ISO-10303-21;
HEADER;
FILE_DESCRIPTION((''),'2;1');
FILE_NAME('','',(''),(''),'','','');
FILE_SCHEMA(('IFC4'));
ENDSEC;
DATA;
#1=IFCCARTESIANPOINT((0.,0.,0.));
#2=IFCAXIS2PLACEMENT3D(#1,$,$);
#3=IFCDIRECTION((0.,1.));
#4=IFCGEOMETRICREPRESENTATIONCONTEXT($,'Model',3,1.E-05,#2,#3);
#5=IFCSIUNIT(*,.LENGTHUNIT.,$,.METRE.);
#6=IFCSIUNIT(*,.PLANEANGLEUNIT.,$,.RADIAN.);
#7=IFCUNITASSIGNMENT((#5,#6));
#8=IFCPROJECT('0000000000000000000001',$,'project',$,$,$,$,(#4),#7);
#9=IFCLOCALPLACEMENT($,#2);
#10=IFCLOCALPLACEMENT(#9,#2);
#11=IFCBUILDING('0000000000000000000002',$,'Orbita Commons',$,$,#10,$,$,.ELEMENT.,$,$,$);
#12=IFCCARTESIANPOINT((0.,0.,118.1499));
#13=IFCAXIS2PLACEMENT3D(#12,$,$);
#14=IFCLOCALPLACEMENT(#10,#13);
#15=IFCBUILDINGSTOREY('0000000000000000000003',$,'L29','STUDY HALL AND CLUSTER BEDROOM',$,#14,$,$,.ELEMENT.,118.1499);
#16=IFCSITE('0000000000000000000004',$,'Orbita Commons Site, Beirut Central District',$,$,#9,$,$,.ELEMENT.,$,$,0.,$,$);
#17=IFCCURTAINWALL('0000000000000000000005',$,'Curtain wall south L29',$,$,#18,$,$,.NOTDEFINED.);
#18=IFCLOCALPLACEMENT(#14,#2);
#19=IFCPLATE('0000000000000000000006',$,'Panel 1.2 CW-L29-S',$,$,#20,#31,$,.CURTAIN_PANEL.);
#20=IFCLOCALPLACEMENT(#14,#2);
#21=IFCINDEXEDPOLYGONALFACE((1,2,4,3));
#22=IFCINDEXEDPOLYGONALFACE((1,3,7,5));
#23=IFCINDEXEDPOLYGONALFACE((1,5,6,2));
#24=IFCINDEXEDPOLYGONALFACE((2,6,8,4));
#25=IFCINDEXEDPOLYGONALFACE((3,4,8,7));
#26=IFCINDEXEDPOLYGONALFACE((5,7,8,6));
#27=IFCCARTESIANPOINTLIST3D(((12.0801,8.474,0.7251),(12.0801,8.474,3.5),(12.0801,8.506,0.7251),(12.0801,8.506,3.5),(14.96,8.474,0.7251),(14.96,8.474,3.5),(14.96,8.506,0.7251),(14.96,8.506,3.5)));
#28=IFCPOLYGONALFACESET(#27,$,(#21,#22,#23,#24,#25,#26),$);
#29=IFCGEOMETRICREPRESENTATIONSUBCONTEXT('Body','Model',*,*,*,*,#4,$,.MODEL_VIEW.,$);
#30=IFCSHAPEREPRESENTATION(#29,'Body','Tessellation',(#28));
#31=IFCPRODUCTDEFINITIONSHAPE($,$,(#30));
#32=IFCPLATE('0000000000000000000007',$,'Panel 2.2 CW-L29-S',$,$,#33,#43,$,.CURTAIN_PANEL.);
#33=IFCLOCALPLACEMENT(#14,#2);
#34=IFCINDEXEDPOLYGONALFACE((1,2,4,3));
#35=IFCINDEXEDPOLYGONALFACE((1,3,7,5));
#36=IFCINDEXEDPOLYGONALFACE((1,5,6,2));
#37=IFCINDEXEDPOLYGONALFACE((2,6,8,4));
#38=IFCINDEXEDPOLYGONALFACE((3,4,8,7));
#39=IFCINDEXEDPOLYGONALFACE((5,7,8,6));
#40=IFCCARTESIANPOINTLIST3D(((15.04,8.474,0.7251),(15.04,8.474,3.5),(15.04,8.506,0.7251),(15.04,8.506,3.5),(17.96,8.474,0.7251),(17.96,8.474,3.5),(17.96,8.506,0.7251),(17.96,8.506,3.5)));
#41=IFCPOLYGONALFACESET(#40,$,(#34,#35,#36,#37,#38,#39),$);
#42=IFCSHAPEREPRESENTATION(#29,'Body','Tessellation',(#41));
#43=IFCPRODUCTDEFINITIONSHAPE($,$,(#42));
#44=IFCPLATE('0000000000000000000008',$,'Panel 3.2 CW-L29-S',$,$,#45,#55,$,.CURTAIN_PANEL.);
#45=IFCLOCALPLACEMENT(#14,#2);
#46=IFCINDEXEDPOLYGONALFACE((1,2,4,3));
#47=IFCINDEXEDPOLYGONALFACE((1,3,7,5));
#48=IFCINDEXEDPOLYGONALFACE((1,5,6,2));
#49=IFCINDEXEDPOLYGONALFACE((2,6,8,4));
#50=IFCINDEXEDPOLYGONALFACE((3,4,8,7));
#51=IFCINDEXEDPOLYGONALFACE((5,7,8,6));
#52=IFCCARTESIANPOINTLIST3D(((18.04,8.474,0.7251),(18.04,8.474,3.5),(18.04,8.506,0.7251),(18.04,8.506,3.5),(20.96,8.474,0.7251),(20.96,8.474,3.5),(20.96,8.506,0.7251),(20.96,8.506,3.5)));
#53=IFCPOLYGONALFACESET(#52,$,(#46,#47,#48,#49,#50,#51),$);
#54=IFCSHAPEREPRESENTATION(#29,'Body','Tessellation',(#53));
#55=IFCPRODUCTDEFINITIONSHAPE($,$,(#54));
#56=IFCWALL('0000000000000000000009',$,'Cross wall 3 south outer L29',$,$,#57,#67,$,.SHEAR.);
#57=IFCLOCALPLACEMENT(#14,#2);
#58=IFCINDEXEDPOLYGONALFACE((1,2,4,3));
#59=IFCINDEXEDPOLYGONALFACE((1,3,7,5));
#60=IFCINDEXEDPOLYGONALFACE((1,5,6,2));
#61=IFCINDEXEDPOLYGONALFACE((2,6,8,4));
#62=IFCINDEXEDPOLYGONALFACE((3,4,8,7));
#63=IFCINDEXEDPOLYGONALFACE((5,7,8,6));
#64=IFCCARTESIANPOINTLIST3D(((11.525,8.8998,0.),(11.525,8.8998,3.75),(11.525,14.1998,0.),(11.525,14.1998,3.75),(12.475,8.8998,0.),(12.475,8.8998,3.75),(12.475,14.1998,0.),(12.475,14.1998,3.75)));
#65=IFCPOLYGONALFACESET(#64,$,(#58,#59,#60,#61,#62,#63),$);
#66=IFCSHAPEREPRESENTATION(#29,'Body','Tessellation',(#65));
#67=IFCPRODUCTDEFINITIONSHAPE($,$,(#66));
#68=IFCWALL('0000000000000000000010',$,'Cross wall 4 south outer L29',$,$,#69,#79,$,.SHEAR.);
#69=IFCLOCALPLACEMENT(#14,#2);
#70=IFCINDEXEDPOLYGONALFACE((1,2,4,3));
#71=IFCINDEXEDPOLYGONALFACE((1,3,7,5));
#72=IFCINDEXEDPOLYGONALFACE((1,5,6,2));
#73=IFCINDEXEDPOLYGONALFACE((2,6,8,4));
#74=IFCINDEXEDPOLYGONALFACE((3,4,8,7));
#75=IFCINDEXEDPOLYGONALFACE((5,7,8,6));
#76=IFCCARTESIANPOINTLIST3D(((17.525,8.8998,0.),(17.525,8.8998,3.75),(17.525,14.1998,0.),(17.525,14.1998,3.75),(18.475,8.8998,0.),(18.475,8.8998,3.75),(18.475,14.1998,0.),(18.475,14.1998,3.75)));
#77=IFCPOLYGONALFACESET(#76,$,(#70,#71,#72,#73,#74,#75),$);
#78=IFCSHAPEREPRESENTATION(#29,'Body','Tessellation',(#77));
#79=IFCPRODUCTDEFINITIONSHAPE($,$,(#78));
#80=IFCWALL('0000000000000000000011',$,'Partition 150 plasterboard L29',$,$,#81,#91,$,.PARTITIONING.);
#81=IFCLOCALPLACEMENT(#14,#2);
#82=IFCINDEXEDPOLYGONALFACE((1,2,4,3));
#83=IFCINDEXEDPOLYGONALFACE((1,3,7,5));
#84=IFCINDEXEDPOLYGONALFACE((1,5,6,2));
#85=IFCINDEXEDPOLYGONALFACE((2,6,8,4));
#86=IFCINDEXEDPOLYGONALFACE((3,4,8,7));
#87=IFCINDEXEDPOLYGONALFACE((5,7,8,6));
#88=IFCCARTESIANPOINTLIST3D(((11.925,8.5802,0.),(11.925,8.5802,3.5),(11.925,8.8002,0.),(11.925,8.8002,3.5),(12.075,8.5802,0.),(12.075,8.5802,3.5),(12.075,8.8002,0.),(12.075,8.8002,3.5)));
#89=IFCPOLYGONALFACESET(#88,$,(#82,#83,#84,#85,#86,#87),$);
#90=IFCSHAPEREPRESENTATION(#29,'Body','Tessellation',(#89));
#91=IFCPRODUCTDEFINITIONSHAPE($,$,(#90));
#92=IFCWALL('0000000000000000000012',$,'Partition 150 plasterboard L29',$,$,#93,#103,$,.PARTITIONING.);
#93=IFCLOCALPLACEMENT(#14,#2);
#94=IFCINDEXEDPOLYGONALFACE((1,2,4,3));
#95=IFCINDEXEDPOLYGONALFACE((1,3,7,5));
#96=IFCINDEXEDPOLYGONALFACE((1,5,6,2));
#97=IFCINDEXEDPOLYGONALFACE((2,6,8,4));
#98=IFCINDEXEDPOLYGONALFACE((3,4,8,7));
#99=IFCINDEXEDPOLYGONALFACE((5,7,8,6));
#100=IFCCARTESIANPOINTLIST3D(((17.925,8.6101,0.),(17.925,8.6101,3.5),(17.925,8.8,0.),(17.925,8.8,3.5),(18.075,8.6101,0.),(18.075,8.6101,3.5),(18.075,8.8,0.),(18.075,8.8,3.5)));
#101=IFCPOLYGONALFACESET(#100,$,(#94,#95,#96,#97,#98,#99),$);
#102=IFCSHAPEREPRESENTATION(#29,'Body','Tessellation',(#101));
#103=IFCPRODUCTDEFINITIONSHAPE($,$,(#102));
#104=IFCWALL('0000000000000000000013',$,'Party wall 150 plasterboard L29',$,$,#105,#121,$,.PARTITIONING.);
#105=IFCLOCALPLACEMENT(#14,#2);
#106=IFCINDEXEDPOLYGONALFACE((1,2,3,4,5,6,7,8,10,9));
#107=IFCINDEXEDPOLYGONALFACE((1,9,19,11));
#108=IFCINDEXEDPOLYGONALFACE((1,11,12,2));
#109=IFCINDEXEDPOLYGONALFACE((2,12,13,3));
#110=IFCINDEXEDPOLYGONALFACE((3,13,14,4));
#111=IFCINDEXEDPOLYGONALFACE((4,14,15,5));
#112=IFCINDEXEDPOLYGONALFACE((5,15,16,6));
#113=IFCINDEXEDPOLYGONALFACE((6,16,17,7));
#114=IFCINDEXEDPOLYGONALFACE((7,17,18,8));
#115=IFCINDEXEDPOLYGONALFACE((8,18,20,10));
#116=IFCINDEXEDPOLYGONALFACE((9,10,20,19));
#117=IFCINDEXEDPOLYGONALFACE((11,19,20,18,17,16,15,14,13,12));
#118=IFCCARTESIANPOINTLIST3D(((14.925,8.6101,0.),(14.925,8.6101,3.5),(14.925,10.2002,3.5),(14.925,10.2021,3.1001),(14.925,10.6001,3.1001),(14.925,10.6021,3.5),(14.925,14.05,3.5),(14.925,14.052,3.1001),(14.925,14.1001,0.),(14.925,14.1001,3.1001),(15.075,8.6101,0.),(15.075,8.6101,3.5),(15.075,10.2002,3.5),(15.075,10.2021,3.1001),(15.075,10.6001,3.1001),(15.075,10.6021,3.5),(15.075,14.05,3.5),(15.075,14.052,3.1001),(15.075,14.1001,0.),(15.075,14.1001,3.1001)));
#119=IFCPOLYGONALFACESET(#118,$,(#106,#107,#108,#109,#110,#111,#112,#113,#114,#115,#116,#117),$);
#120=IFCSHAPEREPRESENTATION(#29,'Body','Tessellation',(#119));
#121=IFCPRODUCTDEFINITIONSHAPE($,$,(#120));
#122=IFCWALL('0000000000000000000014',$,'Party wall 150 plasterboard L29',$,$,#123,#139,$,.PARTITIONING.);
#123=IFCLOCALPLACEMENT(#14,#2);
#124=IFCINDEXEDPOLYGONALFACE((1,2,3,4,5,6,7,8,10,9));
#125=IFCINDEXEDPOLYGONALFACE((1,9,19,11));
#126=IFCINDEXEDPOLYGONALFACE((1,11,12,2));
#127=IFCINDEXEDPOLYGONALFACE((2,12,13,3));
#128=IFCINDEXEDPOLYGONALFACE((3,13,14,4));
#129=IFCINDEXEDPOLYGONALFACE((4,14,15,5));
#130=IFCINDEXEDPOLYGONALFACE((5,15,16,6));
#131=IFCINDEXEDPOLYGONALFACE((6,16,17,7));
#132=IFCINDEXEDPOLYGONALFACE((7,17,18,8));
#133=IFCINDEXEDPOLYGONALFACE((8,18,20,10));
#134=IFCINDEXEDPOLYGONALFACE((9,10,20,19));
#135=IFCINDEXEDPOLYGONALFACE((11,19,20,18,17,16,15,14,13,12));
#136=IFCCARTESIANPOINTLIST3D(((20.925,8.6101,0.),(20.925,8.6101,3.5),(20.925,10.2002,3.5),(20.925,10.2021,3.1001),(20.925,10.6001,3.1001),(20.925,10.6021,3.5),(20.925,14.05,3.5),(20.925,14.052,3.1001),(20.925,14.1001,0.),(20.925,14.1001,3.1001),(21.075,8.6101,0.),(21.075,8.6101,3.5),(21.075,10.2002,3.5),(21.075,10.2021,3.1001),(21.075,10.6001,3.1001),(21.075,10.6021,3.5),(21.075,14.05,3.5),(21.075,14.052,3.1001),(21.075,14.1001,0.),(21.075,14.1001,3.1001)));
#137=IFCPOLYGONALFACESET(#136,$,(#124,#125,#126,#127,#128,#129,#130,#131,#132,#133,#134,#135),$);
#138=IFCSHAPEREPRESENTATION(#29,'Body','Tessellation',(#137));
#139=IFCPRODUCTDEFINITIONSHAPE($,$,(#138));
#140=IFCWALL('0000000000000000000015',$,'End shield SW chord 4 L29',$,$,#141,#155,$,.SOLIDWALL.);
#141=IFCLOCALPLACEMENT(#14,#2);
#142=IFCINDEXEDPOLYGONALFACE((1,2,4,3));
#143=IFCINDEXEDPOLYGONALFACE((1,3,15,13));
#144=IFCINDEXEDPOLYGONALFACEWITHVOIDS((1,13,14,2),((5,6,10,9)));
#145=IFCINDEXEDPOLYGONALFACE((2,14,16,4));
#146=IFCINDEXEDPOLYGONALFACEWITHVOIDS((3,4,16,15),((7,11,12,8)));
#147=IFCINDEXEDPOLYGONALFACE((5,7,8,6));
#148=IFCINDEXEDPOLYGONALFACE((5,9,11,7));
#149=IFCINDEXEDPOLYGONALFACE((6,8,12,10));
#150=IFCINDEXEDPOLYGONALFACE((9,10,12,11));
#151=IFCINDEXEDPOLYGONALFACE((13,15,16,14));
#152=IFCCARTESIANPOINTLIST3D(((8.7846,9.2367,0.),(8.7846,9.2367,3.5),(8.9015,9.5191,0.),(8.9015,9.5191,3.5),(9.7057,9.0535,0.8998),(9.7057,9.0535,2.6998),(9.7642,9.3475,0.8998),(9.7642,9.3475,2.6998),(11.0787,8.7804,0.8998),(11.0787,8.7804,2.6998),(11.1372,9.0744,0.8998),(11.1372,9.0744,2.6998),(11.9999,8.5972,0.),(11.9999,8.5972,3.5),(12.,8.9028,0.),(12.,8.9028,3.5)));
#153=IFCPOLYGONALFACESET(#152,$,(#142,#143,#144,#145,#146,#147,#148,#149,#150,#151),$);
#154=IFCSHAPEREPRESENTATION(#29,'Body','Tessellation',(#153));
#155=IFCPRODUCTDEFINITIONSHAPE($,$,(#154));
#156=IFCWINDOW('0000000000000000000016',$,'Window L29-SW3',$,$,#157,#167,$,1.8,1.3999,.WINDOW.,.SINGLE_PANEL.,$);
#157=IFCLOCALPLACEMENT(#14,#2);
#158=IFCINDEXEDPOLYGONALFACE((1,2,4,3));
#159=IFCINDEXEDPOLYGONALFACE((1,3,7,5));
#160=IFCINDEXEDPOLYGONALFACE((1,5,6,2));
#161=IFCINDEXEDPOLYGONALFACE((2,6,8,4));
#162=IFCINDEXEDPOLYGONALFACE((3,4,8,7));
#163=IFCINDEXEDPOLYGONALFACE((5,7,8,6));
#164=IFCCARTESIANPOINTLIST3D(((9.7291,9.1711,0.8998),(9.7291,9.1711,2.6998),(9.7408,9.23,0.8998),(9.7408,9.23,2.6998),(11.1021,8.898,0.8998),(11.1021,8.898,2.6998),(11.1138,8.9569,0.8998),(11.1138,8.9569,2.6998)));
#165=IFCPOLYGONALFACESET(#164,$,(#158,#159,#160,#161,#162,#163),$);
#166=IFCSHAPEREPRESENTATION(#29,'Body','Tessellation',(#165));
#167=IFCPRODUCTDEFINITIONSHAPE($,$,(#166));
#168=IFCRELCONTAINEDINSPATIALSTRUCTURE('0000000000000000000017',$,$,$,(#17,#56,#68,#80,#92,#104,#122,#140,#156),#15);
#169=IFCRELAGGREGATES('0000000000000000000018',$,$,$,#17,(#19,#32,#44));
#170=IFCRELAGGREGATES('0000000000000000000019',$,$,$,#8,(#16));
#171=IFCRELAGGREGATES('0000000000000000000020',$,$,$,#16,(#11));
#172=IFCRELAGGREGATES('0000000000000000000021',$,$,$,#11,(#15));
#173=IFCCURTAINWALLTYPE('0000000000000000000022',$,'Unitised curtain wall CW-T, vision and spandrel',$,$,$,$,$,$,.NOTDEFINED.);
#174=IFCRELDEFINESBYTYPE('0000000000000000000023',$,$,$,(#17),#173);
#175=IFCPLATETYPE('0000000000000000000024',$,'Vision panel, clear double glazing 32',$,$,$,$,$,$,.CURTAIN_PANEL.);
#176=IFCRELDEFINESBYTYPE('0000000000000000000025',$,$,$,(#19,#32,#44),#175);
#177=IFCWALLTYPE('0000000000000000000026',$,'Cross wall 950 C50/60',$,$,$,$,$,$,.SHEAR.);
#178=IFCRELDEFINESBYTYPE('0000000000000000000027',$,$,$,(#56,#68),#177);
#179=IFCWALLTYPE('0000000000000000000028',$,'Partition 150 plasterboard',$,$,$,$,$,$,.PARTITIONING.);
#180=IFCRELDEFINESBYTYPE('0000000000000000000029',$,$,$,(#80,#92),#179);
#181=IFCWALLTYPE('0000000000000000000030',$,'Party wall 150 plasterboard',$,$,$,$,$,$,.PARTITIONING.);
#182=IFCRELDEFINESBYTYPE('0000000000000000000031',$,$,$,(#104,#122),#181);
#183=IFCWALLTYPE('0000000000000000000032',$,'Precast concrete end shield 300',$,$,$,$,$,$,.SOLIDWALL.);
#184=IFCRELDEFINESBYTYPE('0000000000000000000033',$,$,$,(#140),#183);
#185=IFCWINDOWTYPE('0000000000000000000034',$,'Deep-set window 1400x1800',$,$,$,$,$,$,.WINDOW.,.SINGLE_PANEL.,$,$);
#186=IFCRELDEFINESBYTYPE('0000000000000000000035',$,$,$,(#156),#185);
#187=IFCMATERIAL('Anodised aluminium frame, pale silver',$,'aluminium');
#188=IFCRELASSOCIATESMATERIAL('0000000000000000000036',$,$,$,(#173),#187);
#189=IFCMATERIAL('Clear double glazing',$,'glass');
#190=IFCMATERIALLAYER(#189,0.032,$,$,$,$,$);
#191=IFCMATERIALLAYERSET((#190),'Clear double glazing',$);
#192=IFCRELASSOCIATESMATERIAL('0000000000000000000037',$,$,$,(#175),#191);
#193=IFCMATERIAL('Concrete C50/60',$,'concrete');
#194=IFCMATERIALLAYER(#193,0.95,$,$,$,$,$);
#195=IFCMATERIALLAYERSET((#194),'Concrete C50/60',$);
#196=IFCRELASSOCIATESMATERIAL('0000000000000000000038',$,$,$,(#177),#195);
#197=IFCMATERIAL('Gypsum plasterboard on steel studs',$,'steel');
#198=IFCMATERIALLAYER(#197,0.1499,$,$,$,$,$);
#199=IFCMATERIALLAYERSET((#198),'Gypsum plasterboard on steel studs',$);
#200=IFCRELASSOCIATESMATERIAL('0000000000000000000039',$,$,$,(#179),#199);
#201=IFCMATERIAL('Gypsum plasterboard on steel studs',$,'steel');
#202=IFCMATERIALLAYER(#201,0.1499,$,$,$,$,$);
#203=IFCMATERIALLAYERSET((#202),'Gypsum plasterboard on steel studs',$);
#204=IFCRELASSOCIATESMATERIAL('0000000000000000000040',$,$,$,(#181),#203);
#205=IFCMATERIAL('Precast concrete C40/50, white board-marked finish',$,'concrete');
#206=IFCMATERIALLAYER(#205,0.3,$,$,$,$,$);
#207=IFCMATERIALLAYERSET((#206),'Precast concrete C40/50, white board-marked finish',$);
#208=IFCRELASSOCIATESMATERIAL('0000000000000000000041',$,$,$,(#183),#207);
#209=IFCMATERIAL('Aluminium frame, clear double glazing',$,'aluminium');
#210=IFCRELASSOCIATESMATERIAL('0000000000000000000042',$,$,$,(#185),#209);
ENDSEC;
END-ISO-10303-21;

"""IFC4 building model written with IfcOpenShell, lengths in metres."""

from ifc_helpers import new_model, si_unit, direction, frame, frame_2d, origin, origin_2d, place, context, subcontext, project, spatial, polyline, rectangle, outline, extrude, material, layer, layer_set, type_object, element, fill, aggregate, save


model = new_model("IFC4")

# Units and contexts
model_context = context("Model", 3, precision=1e-05, world=origin(), true_north=direction((0.0, 1.0)))
body_context = subcontext(model_context, "Body", "Model", "MODEL_VIEW")
ifc_project = project(units=[si_unit("LENGTHUNIT", "METRE"), si_unit("PLANEANGLEUNIT", "RADIAN")], contexts=[model_context])

# Site, building, storey
site_placement = place(None, origin())
site = spatial("IfcSite", under=ifc_project, at=site_placement, Name="Orbita Commons Site, Beirut Central District", CompositionType="ELEMENT", RefElevation=0.0)
building_placement = place(site_placement, origin())
building = spatial("IfcBuilding", under=site, at=building_placement, Name="Orbita Commons", CompositionType="ELEMENT")
storey_placement = place(building_placement, frame((0.0, 0.0, 118.1499)))
storey = spatial("IfcBuildingStorey", under=building, at=storey_placement, Name="L29", Description="STUDY HALL AND CLUSTER BEDROOM", CompositionType="ELEMENT", Elevation=118.1499)

# Curtain wall
ifc_material_1 = material(Name="Anodised aluminium frame, pale silver", Category="aluminium")
curtain_wall_type = type_object("IfcCurtainWallType", Name="Unitised curtain wall CW-T, vision and spandrel", PredefinedType="NOTDEFINED", material=ifc_material_1)
curtain_wall_placement = place(storey_placement, origin())
curtain_wall = element("IfcCurtainWall", 1, at=curtain_wall_placement, inside=storey, type_object=curtain_wall_type, Name="Curtain wall south L29", PredefinedType="NOTDEFINED")

# Plates
ifc_material_2 = material(Name="Clear double glazing", Category="glass")
ifc_layer_1 = layer(ifc_material_2, 0.032)
ifc_layer_set_1 = layer_set([ifc_layer_1], Name="Clear double glazing")
plate_type_1 = type_object("IfcPlateType", Name="Vision panel, clear double glazing 32", PredefinedType="CURTAIN_PANEL", material=ifc_layer_set_1)
plate_1_placement = place(storey_placement, frame((13.52, 8.49, 0.7251), z_axis=(0.0, 0.0, 1.0), x_axis=(1.0, 0.0, 0.0)))
plate_1 = element("IfcPlate", 2, at=plate_1_placement, type_object=plate_type_1, Name="Panel 1.2 CW-L29-S", PredefinedType="CURTAIN_PANEL", context=body_context, shape_type="SweptSolid", body=[
    extrude(rectangle(XDim=2.8799, YDim=0.032, at=origin_2d()), origin(), (0.0, 0.0, 1.0), 2.7749),
])
plate_2_placement = place(storey_placement, frame((16.5, 8.49, 0.7251), z_axis=(0.0, 0.0, 1.0), x_axis=(1.0, 0.0, 0.0)))
plate_2 = element("IfcPlate", 3, at=plate_2_placement, type_object=plate_type_1, Name="Panel 2.2 CW-L29-S", PredefinedType="CURTAIN_PANEL", context=body_context, shape_type="SweptSolid", body=[
    extrude(rectangle(XDim=2.9199, YDim=0.032, at=origin_2d()), origin(), (0.0, 0.0, 1.0), 2.7749),
])
plate_3_placement = place(storey_placement, frame((19.5, 8.49, 0.7251), z_axis=(0.0, 0.0, 1.0), x_axis=(1.0, 0.0, 0.0)))
plate_3 = element("IfcPlate", 4, at=plate_3_placement, type_object=plate_type_1, Name="Panel 3.2 CW-L29-S", PredefinedType="CURTAIN_PANEL", context=body_context, shape_type="SweptSolid", body=[
    extrude(rectangle(XDim=2.9199, YDim=0.032, at=origin_2d()), origin(), (0.0, 0.0, 1.0), 2.7749),
])
aggregate(curtain_wall, [plate_1, plate_2, plate_3])

# Walls
ifc_material_3 = material(Name="Concrete C50/60", Category="concrete")
ifc_layer_2 = layer(ifc_material_3, 0.95)
ifc_layer_set_2 = layer_set([ifc_layer_2], Name="Concrete C50/60")
wall_type_1 = type_object("IfcWallType", Name="Cross wall 950 C50/60", PredefinedType="SHEAR", material=ifc_layer_set_2)
for number, where, z_axis, x_axis, name in (
    (5, (12.0, 8.8999, 0.0), (0.0, 0.0, 1.0), (0.0, 1.0, 0.0), "Cross wall 3 south outer L29"),
    (6, (18.0, 8.8999, 0.0), (0.0, 0.0, 1.0), (0.0, 1.0, 0.0), "Cross wall 4 south outer L29"),
):
    element("IfcWall", number, at=place(storey_placement, frame(where, z_axis=z_axis, x_axis=x_axis)), inside=storey, type_object=wall_type_1, Name=name, PredefinedType="SHEAR", context=body_context, shape_type="SweptSolid", body=[
        extrude(rectangle(XDim=5.3, YDim=0.95, at=frame_2d((2.6499, 0.0))), origin(), (0.0, 0.0, 1.0), 3.75),
    ])
ifc_material_4 = material(Name="Gypsum plasterboard on steel studs", Category="steel")
ifc_layer_3 = layer(ifc_material_4, 0.1499)
ifc_layer_set_3 = layer_set([ifc_layer_3], Name="Gypsum plasterboard on steel studs")
wall_type_2 = type_object("IfcWallType", Name="Partition 150 plasterboard", PredefinedType="PARTITIONING", material=ifc_layer_set_3)
wall_1_placement = place(storey_placement, frame((12.0, 8.8, 0.0), z_axis=(0.0, 0.0, 1.0), x_axis=(0.0, -1.0, 0.0)))
element("IfcWall", 7, at=wall_1_placement, inside=storey, type_object=wall_type_2, Name="Partition 150 plasterboard L29", PredefinedType="PARTITIONING", context=body_context, shape_type="SweptSolid", body=[
    extrude(rectangle(XDim=0.22, YDim=0.1499, at=frame_2d((0.1099, 0.0))), origin(), (0.0, 0.0, 1.0), 3.5),
])
wall_2_placement = place(storey_placement, frame((18.0, 8.8, 0.0), z_axis=(0.0, 0.0, 1.0), x_axis=(0.0, -1.0, 0.0)))
element("IfcWall", 8, at=wall_2_placement, inside=storey, type_object=wall_type_2, Name="Partition 150 plasterboard L29", PredefinedType="PARTITIONING", context=body_context, shape_type="SweptSolid", body=[
    extrude(rectangle(XDim=0.1899, YDim=0.1499, at=frame_2d((0.095, 0.0))), origin(), (0.0, 0.0, 1.0), 3.5),
])
ifc_material_5 = material(Name="Gypsum plasterboard on steel studs", Category="steel")
ifc_layer_4 = layer(ifc_material_5, 0.1499)
ifc_layer_set_4 = layer_set([ifc_layer_4], Name="Gypsum plasterboard on steel studs")
wall_type_3 = type_object("IfcWallType", Name="Party wall 150 plasterboard", PredefinedType="PARTITIONING", material=ifc_layer_set_4)
for number, where, z_axis, x_axis, name in (
    (9, (15.0, 8.6101, 0.0), (0.0, 0.0, 1.0), (0.0, 1.0, 0.0), "Party wall 150 plasterboard L29"),
    (10, (21.0, 8.6101, 0.0), (0.0, 0.0, 1.0), (0.0, 1.0, 0.0), "Party wall 150 plasterboard L29"),
):
    element("IfcWall", number, at=place(storey_placement, frame(where, z_axis=z_axis, x_axis=x_axis)), inside=storey, type_object=wall_type_3, Name=name, PredefinedType="PARTITIONING", context=body_context, shape_type="SweptSolid", body=[
        extrude(outline(polyline([(0.0, 0.0), (5.49, 0.0), (5.49, 3.1001), (5.4419, 3.1001), (5.4399, 3.5), (1.9919, 3.5), (1.99, 3.1001), (1.592, 3.1001), (1.5901, 3.5), (0.0, 3.5), (0.0, 0.0)])), frame((0.0, 0.075, 0.0), z_axis=(0.0, -1.0, 0.0), x_axis=(1.0, 0.0, 0.0)), (0.0, 0.0, 1.0), 0.1499),
    ])

# Wall, opening, window
ifc_material_6 = material(Name="Precast concrete C40/50, white board-marked finish", Category="concrete")
ifc_layer_5 = layer(ifc_material_6, 0.3)
ifc_layer_set_5 = layer_set([ifc_layer_5], Name="Precast concrete C40/50, white board-marked finish")
wall_type_4 = type_object("IfcWallType", Name="Precast concrete end shield 300", PredefinedType="SOLIDWALL", material=ifc_layer_set_5)
wall_3_placement = place(storey_placement, frame((8.843, 9.3779, 0.0), z_axis=(0.0, 0.0, 1.0), x_axis=(0.980787, -0.19508, 0.0)))
wall_3 = element("IfcWall", 11, at=wall_3_placement, inside=storey, type_object=wall_type_4, Name="End shield SW chord 4 L29", PredefinedType="SOLIDWALL", context=body_context, shape_type="SweptSolid", body=[
    extrude(outline(polyline([(-0.0298, -0.1499), (3.2485, -0.1499), (3.189, 0.1499), (0.0298, 0.1499), (-0.0298, -0.1499)])), origin(), (0.0, 0.0, 1.0), 3.5),
])
opening_placement = place(wall_3_placement, frame((0.9094, 0.0, 0.8999)))
opening = element("IfcOpeningElement", 12, at=opening_placement, cuts=wall_3, PredefinedType="OPENING", context=body_context, shape_type="SweptSolid", body=[
    extrude(rectangle(XDim=1.3999, YDim=1.8, at=frame_2d((0.7, 0.8999))), frame((0.0, 0.1599, 0.0), z_axis=(0.0, -1.0, 0.0), x_axis=(1.0, 0.0, 0.0)), (0.0, 0.0, 1.0), 0.3201),
])
ifc_material_7 = material(Name="Aluminium frame, clear double glazing", Category="aluminium")
window_type = type_object("IfcWindowType", Name="Deep-set window 1400x1800", PartitioningType="SINGLE_PANEL", PredefinedType="WINDOW", material=ifc_material_7)
window_placement = place(opening_placement, origin())
window = element("IfcWindow", 13, at=window_placement, inside=storey, type_object=window_type, Name="Window L29-SW3", OverallHeight=1.8, OverallWidth=1.3999, PartitioningType="SINGLE_PANEL", PredefinedType="WINDOW", context=body_context, shape_type="SweptSolid", body=[
    extrude(rectangle(XDim=1.3999, YDim=1.8, at=frame_2d((0.7, 0.8999))), frame((0.0, 0.03, 0.0), z_axis=(0.0, -1.0, 0.0), x_axis=(1.0, 0.0, 0.0)), (0.0, 0.0, 1.0), 0.0601),
])
fill(opening, window)

save(model, "model.ifc")
